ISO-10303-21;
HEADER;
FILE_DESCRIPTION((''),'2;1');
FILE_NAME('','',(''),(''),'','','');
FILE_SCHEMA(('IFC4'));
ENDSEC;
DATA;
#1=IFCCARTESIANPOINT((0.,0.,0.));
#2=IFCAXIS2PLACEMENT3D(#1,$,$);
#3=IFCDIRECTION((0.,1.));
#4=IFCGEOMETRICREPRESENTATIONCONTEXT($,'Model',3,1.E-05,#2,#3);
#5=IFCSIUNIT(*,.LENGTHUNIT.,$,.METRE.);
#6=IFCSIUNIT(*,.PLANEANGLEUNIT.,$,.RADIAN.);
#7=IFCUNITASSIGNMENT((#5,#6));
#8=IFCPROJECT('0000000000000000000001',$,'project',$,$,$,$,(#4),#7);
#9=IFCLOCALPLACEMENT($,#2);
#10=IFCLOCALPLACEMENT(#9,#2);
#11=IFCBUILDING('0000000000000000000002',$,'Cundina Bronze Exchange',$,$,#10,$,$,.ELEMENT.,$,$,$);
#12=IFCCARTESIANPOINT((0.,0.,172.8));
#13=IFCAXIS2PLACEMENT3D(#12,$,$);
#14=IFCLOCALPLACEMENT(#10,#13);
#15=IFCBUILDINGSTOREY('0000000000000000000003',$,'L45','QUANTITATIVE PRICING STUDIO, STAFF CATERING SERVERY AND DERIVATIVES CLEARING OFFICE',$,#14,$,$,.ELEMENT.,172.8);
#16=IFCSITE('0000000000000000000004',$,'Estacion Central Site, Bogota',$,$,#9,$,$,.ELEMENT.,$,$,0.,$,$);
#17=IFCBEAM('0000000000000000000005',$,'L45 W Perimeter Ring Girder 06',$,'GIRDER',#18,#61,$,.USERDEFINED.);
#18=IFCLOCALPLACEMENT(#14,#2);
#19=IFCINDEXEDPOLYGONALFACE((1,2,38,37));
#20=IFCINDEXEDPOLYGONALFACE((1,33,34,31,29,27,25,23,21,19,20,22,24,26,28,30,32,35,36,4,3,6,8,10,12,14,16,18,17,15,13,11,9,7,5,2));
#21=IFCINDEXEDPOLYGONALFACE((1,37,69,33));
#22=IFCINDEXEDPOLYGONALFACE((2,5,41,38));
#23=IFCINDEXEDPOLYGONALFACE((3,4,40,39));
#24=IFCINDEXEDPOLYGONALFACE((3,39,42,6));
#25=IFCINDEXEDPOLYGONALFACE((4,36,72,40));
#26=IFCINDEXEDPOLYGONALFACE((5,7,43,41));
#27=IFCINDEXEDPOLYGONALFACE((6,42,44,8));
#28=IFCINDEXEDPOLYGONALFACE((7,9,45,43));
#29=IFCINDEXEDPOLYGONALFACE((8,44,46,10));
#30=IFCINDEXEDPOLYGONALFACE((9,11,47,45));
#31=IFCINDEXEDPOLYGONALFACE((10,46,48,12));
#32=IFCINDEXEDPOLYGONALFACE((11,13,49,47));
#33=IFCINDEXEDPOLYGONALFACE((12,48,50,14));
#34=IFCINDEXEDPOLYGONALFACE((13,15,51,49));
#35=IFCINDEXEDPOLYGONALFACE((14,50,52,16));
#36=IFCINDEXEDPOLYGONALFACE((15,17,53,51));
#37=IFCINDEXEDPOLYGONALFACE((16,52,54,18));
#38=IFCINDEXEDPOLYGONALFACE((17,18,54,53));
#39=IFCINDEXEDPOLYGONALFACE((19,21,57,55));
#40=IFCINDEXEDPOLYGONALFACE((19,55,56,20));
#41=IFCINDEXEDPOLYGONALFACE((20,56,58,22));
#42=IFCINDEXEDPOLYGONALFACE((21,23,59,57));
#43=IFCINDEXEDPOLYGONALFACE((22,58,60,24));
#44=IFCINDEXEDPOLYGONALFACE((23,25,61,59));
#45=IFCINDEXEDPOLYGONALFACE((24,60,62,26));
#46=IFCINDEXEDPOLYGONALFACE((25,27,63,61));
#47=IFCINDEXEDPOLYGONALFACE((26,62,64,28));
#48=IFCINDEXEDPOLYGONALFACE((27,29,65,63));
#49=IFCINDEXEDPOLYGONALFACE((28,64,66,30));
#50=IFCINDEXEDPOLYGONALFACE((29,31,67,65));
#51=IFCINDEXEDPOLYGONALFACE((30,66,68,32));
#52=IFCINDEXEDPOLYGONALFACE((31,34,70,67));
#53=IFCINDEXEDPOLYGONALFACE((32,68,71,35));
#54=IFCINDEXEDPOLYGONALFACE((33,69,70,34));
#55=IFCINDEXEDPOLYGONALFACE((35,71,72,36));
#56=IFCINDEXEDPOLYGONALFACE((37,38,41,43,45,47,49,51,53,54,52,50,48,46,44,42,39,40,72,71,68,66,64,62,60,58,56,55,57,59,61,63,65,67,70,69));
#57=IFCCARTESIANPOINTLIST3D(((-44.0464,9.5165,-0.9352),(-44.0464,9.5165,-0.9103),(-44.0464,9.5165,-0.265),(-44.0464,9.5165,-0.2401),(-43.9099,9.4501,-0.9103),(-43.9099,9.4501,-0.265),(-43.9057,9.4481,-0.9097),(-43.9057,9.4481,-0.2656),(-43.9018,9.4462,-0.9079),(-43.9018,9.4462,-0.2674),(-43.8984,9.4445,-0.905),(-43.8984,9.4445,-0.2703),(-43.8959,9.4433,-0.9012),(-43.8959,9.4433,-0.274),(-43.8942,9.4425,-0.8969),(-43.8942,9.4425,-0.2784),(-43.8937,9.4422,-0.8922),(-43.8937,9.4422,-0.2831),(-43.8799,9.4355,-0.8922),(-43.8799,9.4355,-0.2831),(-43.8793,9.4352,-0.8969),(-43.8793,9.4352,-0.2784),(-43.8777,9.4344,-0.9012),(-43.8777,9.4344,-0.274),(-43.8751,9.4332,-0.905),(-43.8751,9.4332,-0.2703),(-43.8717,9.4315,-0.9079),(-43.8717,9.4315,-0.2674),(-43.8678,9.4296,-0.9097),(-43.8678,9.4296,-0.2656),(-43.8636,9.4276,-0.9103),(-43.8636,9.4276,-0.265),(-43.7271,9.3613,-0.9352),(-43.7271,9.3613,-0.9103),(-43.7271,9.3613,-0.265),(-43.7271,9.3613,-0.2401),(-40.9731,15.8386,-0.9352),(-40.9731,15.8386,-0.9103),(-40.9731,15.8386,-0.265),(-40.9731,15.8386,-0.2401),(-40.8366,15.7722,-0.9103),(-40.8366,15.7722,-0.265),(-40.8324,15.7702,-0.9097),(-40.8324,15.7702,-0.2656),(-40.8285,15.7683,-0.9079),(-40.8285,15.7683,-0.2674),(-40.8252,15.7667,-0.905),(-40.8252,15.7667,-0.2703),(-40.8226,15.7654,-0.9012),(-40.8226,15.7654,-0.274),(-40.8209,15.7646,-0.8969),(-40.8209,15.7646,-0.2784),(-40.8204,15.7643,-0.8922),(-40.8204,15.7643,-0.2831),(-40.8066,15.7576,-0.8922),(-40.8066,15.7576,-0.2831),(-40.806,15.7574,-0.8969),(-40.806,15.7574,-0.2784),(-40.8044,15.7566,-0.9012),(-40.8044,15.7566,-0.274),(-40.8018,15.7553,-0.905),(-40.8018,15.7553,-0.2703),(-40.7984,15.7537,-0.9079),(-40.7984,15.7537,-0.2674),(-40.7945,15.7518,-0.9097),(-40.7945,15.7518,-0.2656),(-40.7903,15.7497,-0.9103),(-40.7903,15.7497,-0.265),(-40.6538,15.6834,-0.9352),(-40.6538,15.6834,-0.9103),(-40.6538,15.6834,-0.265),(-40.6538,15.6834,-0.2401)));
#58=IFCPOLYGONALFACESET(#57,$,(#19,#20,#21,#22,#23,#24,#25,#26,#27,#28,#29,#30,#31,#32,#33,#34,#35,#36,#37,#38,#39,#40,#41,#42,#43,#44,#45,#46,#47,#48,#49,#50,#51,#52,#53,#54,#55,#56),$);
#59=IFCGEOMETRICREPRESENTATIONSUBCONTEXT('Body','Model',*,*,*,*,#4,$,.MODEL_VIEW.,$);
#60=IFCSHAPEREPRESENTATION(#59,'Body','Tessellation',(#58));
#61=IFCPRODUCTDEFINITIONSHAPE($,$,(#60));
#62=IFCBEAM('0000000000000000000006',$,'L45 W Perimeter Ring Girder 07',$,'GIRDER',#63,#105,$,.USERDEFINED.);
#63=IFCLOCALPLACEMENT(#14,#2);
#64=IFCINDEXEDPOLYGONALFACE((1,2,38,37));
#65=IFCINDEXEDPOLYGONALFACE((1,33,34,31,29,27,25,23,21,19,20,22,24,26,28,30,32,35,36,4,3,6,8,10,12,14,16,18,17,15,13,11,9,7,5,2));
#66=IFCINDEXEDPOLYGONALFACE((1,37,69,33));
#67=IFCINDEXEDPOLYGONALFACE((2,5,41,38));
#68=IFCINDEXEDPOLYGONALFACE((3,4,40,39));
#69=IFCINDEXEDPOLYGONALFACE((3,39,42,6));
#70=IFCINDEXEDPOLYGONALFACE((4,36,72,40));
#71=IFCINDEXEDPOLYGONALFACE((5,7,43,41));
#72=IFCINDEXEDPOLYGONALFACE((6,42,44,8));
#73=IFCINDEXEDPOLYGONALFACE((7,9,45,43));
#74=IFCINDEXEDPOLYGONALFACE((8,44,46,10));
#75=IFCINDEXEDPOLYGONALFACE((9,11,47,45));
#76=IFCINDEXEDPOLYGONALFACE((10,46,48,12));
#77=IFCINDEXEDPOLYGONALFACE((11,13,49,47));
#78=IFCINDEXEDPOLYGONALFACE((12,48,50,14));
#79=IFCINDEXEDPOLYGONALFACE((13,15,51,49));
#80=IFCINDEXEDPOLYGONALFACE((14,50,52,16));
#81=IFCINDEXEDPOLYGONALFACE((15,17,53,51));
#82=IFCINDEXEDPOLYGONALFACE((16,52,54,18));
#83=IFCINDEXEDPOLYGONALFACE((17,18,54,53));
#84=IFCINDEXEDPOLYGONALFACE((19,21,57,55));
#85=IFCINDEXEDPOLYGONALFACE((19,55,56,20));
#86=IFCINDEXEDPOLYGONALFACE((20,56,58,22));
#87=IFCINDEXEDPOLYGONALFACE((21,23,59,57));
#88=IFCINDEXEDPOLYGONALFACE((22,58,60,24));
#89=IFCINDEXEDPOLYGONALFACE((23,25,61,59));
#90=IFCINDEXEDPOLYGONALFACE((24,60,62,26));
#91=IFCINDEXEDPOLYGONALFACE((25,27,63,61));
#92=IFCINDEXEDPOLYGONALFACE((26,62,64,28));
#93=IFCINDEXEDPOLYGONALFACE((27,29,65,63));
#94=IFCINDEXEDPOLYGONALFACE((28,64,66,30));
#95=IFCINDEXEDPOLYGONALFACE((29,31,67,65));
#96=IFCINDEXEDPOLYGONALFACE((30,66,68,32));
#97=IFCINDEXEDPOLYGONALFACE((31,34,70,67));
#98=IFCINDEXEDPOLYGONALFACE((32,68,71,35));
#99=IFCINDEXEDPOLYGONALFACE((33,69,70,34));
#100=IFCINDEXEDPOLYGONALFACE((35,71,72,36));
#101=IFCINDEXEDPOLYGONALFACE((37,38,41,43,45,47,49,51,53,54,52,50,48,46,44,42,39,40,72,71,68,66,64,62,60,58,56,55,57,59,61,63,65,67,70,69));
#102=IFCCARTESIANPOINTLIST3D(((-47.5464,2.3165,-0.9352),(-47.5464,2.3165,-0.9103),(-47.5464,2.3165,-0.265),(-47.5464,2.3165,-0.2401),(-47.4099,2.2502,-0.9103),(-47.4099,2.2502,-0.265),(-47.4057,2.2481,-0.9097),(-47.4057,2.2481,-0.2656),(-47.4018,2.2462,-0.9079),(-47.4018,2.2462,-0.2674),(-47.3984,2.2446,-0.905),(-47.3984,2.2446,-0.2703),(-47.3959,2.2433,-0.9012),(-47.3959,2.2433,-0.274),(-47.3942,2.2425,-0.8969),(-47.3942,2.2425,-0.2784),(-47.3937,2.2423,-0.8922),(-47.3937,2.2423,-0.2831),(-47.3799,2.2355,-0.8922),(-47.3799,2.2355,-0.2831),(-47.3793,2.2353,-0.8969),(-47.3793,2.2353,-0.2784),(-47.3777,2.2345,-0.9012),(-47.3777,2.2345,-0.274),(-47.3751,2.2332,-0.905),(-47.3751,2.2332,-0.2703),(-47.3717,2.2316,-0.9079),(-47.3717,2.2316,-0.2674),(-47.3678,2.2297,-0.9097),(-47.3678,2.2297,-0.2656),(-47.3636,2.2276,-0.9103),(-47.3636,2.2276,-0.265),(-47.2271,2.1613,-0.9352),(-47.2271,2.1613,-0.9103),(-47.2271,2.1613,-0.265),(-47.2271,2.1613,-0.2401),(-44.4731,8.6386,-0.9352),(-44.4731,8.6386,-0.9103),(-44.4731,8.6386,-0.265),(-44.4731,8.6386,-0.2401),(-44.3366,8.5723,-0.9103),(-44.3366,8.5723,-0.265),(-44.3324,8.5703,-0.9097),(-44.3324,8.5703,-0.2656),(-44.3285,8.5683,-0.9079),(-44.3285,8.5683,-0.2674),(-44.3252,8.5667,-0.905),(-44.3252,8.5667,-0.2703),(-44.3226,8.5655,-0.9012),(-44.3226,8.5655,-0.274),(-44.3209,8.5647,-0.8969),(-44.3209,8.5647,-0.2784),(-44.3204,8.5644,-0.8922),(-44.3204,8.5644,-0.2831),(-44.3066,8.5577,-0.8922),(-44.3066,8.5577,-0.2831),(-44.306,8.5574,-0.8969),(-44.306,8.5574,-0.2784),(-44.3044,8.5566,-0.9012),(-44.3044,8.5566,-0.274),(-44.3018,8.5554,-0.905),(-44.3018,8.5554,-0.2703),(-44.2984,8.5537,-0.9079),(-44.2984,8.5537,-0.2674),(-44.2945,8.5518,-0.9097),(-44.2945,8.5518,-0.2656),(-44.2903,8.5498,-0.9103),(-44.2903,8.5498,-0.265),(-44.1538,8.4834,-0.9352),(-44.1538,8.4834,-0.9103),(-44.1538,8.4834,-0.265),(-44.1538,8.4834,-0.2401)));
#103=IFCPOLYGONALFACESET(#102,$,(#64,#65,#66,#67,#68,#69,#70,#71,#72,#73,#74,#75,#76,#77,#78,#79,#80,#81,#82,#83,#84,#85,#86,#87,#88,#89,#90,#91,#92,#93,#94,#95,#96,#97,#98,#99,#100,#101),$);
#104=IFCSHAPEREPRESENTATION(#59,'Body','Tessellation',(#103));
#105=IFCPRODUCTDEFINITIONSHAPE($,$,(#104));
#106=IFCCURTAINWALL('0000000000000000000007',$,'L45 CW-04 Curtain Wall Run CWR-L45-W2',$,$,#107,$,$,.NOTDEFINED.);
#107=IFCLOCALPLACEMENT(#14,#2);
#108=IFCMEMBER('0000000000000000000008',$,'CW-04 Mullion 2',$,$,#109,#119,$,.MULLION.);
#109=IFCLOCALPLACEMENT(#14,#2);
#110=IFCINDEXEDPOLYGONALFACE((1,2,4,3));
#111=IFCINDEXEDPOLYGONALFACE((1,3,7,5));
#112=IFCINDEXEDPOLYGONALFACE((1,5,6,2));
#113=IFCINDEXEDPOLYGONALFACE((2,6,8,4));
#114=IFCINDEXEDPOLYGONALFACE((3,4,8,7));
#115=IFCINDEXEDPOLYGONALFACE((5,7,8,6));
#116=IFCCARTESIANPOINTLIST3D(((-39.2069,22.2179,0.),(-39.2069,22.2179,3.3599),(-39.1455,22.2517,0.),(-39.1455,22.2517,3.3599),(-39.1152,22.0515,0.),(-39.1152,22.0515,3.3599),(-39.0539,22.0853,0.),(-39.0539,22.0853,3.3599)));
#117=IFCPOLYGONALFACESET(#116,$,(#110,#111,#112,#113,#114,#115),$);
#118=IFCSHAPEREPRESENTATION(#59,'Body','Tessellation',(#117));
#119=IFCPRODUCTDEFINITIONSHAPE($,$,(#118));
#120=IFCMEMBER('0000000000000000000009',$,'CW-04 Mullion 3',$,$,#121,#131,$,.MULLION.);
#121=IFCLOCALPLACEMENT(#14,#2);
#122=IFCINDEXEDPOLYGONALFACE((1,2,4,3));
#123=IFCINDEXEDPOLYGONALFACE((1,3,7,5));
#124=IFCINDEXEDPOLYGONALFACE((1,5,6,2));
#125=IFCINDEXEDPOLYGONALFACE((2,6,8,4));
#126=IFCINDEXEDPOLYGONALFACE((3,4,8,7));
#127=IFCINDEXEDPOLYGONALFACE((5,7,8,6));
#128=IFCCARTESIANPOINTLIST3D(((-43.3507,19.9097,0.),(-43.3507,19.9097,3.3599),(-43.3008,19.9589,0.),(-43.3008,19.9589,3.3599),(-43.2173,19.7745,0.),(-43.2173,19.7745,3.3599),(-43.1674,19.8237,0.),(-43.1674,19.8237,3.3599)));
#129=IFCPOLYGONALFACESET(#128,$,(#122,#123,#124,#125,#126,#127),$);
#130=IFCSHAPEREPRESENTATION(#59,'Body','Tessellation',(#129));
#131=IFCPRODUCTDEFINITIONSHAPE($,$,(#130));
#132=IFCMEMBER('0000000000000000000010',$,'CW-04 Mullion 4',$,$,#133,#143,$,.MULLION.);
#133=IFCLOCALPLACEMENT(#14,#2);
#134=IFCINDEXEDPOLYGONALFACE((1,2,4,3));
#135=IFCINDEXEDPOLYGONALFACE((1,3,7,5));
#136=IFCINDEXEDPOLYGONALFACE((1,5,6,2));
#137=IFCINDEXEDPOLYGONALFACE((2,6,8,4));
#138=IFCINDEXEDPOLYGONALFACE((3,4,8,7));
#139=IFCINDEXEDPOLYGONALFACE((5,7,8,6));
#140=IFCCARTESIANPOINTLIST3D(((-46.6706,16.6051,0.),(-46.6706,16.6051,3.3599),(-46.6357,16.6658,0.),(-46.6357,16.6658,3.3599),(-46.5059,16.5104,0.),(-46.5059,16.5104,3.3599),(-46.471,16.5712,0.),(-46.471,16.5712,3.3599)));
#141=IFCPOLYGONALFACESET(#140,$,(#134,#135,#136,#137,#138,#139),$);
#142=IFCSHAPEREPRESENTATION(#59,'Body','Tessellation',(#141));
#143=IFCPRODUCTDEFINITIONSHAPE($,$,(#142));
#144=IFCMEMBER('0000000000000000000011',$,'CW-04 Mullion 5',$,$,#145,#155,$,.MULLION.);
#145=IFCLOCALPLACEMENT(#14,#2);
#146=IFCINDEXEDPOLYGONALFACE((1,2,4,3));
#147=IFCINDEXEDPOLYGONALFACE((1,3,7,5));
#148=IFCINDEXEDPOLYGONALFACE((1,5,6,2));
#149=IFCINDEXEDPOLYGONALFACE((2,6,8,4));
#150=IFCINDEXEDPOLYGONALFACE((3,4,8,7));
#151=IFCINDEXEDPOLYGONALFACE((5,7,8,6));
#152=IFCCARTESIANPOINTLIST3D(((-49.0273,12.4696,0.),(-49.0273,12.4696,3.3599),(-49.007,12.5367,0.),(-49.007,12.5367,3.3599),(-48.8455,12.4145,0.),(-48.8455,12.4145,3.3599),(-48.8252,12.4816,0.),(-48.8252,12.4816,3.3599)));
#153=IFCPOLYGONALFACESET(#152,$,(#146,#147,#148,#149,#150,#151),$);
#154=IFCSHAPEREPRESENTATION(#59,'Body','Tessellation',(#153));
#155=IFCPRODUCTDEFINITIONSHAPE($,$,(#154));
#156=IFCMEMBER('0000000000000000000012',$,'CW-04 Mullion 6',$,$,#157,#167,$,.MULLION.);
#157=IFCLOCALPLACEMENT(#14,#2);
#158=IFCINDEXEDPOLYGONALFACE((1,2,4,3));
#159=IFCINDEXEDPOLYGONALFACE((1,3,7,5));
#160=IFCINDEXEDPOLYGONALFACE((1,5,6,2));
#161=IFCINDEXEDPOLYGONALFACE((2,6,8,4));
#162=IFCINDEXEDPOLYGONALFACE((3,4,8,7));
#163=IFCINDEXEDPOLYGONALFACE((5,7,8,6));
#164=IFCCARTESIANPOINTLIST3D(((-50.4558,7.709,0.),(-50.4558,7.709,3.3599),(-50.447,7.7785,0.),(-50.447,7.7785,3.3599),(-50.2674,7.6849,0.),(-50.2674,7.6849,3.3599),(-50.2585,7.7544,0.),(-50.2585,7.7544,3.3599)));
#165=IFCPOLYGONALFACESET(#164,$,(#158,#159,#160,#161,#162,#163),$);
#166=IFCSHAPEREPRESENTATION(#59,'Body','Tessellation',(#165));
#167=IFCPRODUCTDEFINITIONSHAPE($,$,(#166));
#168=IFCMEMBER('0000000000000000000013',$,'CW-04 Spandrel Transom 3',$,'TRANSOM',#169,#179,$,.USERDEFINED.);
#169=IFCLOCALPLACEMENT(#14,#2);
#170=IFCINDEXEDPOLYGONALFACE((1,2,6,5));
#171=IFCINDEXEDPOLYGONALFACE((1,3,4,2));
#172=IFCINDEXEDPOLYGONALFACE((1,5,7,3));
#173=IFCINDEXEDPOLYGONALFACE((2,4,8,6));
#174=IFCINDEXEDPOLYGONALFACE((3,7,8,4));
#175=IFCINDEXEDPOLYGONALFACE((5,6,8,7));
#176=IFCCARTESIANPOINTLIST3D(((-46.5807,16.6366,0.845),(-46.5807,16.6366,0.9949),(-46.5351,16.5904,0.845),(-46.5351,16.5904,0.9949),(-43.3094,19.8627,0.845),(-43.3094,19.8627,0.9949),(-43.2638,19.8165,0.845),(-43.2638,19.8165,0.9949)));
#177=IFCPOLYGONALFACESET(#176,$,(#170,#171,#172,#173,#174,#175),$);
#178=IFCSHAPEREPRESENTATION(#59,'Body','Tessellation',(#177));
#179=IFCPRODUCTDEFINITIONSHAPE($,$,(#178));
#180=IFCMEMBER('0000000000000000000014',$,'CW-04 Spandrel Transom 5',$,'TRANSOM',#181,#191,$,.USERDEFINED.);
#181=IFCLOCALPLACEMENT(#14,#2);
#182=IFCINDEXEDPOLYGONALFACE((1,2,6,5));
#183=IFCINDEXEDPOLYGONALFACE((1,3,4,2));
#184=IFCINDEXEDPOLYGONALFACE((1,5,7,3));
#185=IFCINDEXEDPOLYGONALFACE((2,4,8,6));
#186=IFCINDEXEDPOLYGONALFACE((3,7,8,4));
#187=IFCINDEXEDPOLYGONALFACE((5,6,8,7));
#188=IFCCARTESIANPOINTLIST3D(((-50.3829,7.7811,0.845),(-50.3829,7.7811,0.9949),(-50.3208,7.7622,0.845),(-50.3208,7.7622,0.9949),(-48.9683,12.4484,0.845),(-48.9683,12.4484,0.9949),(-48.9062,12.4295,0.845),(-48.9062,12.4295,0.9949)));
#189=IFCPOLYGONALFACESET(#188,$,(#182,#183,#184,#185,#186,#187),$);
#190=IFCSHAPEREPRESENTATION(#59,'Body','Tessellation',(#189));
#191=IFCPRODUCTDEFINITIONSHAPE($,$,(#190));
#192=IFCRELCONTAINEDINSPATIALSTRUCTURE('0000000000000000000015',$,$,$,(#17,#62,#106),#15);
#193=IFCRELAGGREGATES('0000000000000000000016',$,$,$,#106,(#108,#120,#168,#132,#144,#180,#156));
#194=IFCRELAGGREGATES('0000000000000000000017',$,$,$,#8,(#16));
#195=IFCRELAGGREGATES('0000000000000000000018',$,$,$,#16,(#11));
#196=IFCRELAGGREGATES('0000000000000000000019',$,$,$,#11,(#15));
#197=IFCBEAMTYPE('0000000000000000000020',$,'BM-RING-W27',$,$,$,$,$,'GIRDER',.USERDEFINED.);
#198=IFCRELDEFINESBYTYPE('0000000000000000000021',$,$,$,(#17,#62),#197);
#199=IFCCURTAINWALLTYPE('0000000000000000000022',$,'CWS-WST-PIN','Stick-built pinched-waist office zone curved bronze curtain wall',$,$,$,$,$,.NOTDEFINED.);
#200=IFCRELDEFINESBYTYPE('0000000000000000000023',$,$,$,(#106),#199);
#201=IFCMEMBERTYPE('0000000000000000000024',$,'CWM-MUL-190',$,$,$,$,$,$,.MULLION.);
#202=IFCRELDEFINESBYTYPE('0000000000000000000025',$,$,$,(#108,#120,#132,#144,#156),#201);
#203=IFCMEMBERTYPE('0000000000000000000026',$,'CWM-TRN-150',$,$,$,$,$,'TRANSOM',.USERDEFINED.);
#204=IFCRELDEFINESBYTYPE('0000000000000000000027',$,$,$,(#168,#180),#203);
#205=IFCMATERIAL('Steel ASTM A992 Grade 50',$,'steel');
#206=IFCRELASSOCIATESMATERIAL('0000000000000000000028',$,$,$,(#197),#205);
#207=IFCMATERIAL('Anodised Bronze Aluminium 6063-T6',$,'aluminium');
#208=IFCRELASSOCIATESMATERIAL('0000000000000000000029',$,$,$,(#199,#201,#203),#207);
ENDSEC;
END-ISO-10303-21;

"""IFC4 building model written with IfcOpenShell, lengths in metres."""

from ifc_helpers import new_model, si_unit, direction, frame, origin, origin_2d, place, context, subcontext, project, spatial, rectangle, i_section, extrude, material, material_profile, profile_set, type_object, element, aggregate, save


model = new_model("IFC4")

# Units and contexts
model_context = context("Model", 3, precision=1e-05, world=origin(), true_north=direction((0.0, 1.0)))
body_context = subcontext(model_context, "Body", "Model", "MODEL_VIEW")
ifc_project = project(units=[si_unit("LENGTHUNIT", "METRE"), si_unit("PLANEANGLEUNIT", "RADIAN")], contexts=[model_context])

# Site, building, storey
site_placement = place(None, origin())
site = spatial("IfcSite", under=ifc_project, at=site_placement, Name="Estacion Central Site, Bogota", CompositionType="ELEMENT", RefElevation=0.0)
building_placement = place(site_placement, origin())
building = spatial("IfcBuilding", under=site, at=building_placement, Name="Cundina Bronze Exchange", CompositionType="ELEMENT")
storey_placement = place(building_placement, frame((0.0, 0.0, 172.8)))
storey = spatial("IfcBuildingStorey", under=building, at=storey_placement, Name="L45", Description="QUANTITATIVE PRICING STUDIO, STAFF CATERING SERVERY AND DERIVATIVES CLEARING OFFICE", CompositionType="ELEMENT", Elevation=172.8)

# Beams
ifc_material_1 = material(Name="Steel ASTM A992 Grade 50", Category="steel")
ifc_material_profile_1 = material_profile(ifc_material_1, i_section(OverallWidth=0.355, OverallDepth=0.6951, WebThickness=0.0154, FlangeThickness=0.0249, FilletRadius=0.0181, at=origin_2d()), Name="W27X146", Category="steel")
ifc_profile_set_1 = profile_set([ifc_material_profile_1], Name="Steel ASTM A992 Grade 50")
beam_type_1 = type_object("IfcBeamType", Name="BM-RING-W27", ElementType="GIRDER", PredefinedType="USERDEFINED", material=ifc_profile_set_1)
for number, where, z_axis, x_axis, name in (
    (1, (-40.8135, 15.761, -0.5876), (-0.437197, -0.899366, 0.0), (0.899366, -0.437197, 0.0), "L45 W Perimeter Ring Girder 06"),
    (2, (-44.3135, 8.561, -0.5876), (-0.437197, -0.899366, 0.0), (0.899366, -0.437197, 0.0), "L45 W Perimeter Ring Girder 07"),
):
    element("IfcBeam", number, at=place(storey_placement, frame(where, z_axis=z_axis, x_axis=x_axis)), inside=storey, type_object=beam_type_1, Name=name, ObjectType="GIRDER", PredefinedType="USERDEFINED", context=body_context, shape_type="SweptSolid", body=[
        extrude(i_section(OverallWidth=0.355, OverallDepth=0.6951, WebThickness=0.0154, FlangeThickness=0.0249, FilletRadius=0.0181, at=origin_2d()), origin(), (0.0, 0.0, 1.0), 7.0295),
    ])

# Curtain wall, members
ifc_material_2 = material(Name="Anodised Bronze Aluminium 6063-T6", Category="aluminium")
curtain_wall_type = type_object("IfcCurtainWallType", Name="CWS-WST-PIN", Description="Stick-built pinched-waist office zone curved bronze curtain wall", PredefinedType="NOTDEFINED", material=ifc_material_2)
curtain_wall_placement = place(storey_placement, origin())
curtain_wall = element("IfcCurtainWall", 3, at=curtain_wall_placement, inside=storey, type_object=curtain_wall_type, Name="L45 CW-04 Curtain Wall Run CWR-L45-W2", PredefinedType="NOTDEFINED")
ifc_material_profile_2 = material_profile(ifc_material_2, rectangle(XDim=0.0701, YDim=0.1899, at=origin_2d()), Name="AL70X190", Category="aluminium")
ifc_profile_set_2 = profile_set([ifc_material_profile_2], Name="Anodised Bronze Aluminium 6063-T6")
member_type_1 = type_object("IfcMemberType", Name="CWM-MUL-190", PredefinedType="MULLION", material=ifc_profile_set_2)
member_1_placement = place(storey_placement, frame((-39.1304, 22.1516, 0.0), z_axis=(0.0, 0.0, 1.0), x_axis=(-0.875886, -0.482518, 0.0)))
member_1 = element("IfcMember", 4, at=member_1_placement, type_object=member_type_1, Name="CW-04 Mullion 2", PredefinedType="MULLION", context=body_context, shape_type="SweptSolid", body=[
    extrude(rectangle(XDim=0.0701, YDim=0.1899, at=origin_2d()), origin(), (0.0, 0.0, 1.0), 3.3599),
])
member_2_placement = place(storey_placement, frame((-43.259, 19.8667, 0.0), z_axis=(0.0, 0.0, 1.0), x_axis=(-0.712026, -0.702153, 0.0)))
member_2 = element("IfcMember", 5, at=member_2_placement, type_object=member_type_1, Name="CW-04 Mullion 3", PredefinedType="MULLION", context=body_context, shape_type="SweptSolid", body=[
    extrude(rectangle(XDim=0.0701, YDim=0.1899, at=origin_2d()), origin(), (0.0, 0.0, 1.0), 3.3599),
])
member_3_placement = place(storey_placement, frame((-46.5708, 16.5881, 0.0), z_axis=(0.0, 0.0, 1.0), x_axis=(-0.498488, -0.866897, 0.0)))
member_3 = element("IfcMember", 6, at=member_3_placement, type_object=member_type_1, Name="CW-04 Mullion 4", PredefinedType="MULLION", context=body_context, shape_type="SweptSolid", body=[
    extrude(rectangle(XDim=0.0701, YDim=0.1899, at=origin_2d()), origin(), (0.0, 0.0, 1.0), 3.3599),
])
member_4_placement = place(storey_placement, frame((-48.9263, 12.4756, 0.0), z_axis=(0.0, 0.0, 1.0), x_axis=(-0.290034, -0.957016, 0.0)))
member_4 = element("IfcMember", 7, at=member_4_placement, type_object=member_type_1, Name="CW-04 Mullion 5", PredefinedType="MULLION", context=body_context, shape_type="SweptSolid", body=[
    extrude(rectangle(XDim=0.0701, YDim=0.1899, at=origin_2d()), origin(), (0.0, 0.0, 1.0), 3.3599),
])
member_5_placement = place(storey_placement, frame((-50.3572, 7.7317, 0.0), z_axis=(0.0, 0.0, 1.0), x_axis=(-0.126545, -0.991961, 0.0)))
member_5 = element("IfcMember", 8, at=member_5_placement, type_object=member_type_1, Name="CW-04 Mullion 6", PredefinedType="MULLION", context=body_context, shape_type="SweptSolid", body=[
    extrude(rectangle(XDim=0.0701, YDim=0.1899, at=origin_2d()), origin(), (0.0, 0.0, 1.0), 3.3599),
])
ifc_material_profile_3 = material_profile(ifc_material_2, rectangle(XDim=0.0649, YDim=0.1499, at=origin_2d()), Name="AL65X150", Category="aluminium")
ifc_profile_set_3 = profile_set([ifc_material_profile_3], Name="Anodised Bronze Aluminium 6063-T6")
member_type_2 = type_object("IfcMemberType", Name="CWM-TRN-150", ElementType="TRANSOM", PredefinedType="USERDEFINED", material=ifc_profile_set_3)
member_6_placement = place(storey_placement, frame((-43.2866, 19.8396, 0.9199), z_axis=(-0.712005, -0.702174, 0.0), x_axis=(0.702174, -0.712005, 0.0)))
member_6 = element("IfcMember", 9, at=member_6_placement, type_object=member_type_2, Name="CW-04 Spandrel Transom 3", ObjectType="TRANSOM", PredefinedType="USERDEFINED", context=body_context, shape_type="SweptSolid", body=[
    extrude(rectangle(XDim=0.0649, YDim=0.1499, at=origin_2d()), origin(), (0.0, 0.0, 1.0), 4.5945),
])
member_7_placement = place(storey_placement, frame((-48.9373, 12.439, 0.9199), z_axis=(-0.290052, -0.957011, 0.0), x_axis=(0.957011, -0.290052, 0.0)))
member_7 = element("IfcMember", 10, at=member_7_placement, type_object=member_type_2, Name="CW-04 Spandrel Transom 5", ObjectType="TRANSOM", PredefinedType="USERDEFINED", context=body_context, shape_type="SweptSolid", body=[
    extrude(rectangle(XDim=0.0649, YDim=0.1499, at=origin_2d()), origin(), (0.0, 0.0, 1.0), 4.877),
])
aggregate(curtain_wall, [member_1, member_2, member_6, member_3, member_4, member_7, member_5])

save(model, "model.ifc")
